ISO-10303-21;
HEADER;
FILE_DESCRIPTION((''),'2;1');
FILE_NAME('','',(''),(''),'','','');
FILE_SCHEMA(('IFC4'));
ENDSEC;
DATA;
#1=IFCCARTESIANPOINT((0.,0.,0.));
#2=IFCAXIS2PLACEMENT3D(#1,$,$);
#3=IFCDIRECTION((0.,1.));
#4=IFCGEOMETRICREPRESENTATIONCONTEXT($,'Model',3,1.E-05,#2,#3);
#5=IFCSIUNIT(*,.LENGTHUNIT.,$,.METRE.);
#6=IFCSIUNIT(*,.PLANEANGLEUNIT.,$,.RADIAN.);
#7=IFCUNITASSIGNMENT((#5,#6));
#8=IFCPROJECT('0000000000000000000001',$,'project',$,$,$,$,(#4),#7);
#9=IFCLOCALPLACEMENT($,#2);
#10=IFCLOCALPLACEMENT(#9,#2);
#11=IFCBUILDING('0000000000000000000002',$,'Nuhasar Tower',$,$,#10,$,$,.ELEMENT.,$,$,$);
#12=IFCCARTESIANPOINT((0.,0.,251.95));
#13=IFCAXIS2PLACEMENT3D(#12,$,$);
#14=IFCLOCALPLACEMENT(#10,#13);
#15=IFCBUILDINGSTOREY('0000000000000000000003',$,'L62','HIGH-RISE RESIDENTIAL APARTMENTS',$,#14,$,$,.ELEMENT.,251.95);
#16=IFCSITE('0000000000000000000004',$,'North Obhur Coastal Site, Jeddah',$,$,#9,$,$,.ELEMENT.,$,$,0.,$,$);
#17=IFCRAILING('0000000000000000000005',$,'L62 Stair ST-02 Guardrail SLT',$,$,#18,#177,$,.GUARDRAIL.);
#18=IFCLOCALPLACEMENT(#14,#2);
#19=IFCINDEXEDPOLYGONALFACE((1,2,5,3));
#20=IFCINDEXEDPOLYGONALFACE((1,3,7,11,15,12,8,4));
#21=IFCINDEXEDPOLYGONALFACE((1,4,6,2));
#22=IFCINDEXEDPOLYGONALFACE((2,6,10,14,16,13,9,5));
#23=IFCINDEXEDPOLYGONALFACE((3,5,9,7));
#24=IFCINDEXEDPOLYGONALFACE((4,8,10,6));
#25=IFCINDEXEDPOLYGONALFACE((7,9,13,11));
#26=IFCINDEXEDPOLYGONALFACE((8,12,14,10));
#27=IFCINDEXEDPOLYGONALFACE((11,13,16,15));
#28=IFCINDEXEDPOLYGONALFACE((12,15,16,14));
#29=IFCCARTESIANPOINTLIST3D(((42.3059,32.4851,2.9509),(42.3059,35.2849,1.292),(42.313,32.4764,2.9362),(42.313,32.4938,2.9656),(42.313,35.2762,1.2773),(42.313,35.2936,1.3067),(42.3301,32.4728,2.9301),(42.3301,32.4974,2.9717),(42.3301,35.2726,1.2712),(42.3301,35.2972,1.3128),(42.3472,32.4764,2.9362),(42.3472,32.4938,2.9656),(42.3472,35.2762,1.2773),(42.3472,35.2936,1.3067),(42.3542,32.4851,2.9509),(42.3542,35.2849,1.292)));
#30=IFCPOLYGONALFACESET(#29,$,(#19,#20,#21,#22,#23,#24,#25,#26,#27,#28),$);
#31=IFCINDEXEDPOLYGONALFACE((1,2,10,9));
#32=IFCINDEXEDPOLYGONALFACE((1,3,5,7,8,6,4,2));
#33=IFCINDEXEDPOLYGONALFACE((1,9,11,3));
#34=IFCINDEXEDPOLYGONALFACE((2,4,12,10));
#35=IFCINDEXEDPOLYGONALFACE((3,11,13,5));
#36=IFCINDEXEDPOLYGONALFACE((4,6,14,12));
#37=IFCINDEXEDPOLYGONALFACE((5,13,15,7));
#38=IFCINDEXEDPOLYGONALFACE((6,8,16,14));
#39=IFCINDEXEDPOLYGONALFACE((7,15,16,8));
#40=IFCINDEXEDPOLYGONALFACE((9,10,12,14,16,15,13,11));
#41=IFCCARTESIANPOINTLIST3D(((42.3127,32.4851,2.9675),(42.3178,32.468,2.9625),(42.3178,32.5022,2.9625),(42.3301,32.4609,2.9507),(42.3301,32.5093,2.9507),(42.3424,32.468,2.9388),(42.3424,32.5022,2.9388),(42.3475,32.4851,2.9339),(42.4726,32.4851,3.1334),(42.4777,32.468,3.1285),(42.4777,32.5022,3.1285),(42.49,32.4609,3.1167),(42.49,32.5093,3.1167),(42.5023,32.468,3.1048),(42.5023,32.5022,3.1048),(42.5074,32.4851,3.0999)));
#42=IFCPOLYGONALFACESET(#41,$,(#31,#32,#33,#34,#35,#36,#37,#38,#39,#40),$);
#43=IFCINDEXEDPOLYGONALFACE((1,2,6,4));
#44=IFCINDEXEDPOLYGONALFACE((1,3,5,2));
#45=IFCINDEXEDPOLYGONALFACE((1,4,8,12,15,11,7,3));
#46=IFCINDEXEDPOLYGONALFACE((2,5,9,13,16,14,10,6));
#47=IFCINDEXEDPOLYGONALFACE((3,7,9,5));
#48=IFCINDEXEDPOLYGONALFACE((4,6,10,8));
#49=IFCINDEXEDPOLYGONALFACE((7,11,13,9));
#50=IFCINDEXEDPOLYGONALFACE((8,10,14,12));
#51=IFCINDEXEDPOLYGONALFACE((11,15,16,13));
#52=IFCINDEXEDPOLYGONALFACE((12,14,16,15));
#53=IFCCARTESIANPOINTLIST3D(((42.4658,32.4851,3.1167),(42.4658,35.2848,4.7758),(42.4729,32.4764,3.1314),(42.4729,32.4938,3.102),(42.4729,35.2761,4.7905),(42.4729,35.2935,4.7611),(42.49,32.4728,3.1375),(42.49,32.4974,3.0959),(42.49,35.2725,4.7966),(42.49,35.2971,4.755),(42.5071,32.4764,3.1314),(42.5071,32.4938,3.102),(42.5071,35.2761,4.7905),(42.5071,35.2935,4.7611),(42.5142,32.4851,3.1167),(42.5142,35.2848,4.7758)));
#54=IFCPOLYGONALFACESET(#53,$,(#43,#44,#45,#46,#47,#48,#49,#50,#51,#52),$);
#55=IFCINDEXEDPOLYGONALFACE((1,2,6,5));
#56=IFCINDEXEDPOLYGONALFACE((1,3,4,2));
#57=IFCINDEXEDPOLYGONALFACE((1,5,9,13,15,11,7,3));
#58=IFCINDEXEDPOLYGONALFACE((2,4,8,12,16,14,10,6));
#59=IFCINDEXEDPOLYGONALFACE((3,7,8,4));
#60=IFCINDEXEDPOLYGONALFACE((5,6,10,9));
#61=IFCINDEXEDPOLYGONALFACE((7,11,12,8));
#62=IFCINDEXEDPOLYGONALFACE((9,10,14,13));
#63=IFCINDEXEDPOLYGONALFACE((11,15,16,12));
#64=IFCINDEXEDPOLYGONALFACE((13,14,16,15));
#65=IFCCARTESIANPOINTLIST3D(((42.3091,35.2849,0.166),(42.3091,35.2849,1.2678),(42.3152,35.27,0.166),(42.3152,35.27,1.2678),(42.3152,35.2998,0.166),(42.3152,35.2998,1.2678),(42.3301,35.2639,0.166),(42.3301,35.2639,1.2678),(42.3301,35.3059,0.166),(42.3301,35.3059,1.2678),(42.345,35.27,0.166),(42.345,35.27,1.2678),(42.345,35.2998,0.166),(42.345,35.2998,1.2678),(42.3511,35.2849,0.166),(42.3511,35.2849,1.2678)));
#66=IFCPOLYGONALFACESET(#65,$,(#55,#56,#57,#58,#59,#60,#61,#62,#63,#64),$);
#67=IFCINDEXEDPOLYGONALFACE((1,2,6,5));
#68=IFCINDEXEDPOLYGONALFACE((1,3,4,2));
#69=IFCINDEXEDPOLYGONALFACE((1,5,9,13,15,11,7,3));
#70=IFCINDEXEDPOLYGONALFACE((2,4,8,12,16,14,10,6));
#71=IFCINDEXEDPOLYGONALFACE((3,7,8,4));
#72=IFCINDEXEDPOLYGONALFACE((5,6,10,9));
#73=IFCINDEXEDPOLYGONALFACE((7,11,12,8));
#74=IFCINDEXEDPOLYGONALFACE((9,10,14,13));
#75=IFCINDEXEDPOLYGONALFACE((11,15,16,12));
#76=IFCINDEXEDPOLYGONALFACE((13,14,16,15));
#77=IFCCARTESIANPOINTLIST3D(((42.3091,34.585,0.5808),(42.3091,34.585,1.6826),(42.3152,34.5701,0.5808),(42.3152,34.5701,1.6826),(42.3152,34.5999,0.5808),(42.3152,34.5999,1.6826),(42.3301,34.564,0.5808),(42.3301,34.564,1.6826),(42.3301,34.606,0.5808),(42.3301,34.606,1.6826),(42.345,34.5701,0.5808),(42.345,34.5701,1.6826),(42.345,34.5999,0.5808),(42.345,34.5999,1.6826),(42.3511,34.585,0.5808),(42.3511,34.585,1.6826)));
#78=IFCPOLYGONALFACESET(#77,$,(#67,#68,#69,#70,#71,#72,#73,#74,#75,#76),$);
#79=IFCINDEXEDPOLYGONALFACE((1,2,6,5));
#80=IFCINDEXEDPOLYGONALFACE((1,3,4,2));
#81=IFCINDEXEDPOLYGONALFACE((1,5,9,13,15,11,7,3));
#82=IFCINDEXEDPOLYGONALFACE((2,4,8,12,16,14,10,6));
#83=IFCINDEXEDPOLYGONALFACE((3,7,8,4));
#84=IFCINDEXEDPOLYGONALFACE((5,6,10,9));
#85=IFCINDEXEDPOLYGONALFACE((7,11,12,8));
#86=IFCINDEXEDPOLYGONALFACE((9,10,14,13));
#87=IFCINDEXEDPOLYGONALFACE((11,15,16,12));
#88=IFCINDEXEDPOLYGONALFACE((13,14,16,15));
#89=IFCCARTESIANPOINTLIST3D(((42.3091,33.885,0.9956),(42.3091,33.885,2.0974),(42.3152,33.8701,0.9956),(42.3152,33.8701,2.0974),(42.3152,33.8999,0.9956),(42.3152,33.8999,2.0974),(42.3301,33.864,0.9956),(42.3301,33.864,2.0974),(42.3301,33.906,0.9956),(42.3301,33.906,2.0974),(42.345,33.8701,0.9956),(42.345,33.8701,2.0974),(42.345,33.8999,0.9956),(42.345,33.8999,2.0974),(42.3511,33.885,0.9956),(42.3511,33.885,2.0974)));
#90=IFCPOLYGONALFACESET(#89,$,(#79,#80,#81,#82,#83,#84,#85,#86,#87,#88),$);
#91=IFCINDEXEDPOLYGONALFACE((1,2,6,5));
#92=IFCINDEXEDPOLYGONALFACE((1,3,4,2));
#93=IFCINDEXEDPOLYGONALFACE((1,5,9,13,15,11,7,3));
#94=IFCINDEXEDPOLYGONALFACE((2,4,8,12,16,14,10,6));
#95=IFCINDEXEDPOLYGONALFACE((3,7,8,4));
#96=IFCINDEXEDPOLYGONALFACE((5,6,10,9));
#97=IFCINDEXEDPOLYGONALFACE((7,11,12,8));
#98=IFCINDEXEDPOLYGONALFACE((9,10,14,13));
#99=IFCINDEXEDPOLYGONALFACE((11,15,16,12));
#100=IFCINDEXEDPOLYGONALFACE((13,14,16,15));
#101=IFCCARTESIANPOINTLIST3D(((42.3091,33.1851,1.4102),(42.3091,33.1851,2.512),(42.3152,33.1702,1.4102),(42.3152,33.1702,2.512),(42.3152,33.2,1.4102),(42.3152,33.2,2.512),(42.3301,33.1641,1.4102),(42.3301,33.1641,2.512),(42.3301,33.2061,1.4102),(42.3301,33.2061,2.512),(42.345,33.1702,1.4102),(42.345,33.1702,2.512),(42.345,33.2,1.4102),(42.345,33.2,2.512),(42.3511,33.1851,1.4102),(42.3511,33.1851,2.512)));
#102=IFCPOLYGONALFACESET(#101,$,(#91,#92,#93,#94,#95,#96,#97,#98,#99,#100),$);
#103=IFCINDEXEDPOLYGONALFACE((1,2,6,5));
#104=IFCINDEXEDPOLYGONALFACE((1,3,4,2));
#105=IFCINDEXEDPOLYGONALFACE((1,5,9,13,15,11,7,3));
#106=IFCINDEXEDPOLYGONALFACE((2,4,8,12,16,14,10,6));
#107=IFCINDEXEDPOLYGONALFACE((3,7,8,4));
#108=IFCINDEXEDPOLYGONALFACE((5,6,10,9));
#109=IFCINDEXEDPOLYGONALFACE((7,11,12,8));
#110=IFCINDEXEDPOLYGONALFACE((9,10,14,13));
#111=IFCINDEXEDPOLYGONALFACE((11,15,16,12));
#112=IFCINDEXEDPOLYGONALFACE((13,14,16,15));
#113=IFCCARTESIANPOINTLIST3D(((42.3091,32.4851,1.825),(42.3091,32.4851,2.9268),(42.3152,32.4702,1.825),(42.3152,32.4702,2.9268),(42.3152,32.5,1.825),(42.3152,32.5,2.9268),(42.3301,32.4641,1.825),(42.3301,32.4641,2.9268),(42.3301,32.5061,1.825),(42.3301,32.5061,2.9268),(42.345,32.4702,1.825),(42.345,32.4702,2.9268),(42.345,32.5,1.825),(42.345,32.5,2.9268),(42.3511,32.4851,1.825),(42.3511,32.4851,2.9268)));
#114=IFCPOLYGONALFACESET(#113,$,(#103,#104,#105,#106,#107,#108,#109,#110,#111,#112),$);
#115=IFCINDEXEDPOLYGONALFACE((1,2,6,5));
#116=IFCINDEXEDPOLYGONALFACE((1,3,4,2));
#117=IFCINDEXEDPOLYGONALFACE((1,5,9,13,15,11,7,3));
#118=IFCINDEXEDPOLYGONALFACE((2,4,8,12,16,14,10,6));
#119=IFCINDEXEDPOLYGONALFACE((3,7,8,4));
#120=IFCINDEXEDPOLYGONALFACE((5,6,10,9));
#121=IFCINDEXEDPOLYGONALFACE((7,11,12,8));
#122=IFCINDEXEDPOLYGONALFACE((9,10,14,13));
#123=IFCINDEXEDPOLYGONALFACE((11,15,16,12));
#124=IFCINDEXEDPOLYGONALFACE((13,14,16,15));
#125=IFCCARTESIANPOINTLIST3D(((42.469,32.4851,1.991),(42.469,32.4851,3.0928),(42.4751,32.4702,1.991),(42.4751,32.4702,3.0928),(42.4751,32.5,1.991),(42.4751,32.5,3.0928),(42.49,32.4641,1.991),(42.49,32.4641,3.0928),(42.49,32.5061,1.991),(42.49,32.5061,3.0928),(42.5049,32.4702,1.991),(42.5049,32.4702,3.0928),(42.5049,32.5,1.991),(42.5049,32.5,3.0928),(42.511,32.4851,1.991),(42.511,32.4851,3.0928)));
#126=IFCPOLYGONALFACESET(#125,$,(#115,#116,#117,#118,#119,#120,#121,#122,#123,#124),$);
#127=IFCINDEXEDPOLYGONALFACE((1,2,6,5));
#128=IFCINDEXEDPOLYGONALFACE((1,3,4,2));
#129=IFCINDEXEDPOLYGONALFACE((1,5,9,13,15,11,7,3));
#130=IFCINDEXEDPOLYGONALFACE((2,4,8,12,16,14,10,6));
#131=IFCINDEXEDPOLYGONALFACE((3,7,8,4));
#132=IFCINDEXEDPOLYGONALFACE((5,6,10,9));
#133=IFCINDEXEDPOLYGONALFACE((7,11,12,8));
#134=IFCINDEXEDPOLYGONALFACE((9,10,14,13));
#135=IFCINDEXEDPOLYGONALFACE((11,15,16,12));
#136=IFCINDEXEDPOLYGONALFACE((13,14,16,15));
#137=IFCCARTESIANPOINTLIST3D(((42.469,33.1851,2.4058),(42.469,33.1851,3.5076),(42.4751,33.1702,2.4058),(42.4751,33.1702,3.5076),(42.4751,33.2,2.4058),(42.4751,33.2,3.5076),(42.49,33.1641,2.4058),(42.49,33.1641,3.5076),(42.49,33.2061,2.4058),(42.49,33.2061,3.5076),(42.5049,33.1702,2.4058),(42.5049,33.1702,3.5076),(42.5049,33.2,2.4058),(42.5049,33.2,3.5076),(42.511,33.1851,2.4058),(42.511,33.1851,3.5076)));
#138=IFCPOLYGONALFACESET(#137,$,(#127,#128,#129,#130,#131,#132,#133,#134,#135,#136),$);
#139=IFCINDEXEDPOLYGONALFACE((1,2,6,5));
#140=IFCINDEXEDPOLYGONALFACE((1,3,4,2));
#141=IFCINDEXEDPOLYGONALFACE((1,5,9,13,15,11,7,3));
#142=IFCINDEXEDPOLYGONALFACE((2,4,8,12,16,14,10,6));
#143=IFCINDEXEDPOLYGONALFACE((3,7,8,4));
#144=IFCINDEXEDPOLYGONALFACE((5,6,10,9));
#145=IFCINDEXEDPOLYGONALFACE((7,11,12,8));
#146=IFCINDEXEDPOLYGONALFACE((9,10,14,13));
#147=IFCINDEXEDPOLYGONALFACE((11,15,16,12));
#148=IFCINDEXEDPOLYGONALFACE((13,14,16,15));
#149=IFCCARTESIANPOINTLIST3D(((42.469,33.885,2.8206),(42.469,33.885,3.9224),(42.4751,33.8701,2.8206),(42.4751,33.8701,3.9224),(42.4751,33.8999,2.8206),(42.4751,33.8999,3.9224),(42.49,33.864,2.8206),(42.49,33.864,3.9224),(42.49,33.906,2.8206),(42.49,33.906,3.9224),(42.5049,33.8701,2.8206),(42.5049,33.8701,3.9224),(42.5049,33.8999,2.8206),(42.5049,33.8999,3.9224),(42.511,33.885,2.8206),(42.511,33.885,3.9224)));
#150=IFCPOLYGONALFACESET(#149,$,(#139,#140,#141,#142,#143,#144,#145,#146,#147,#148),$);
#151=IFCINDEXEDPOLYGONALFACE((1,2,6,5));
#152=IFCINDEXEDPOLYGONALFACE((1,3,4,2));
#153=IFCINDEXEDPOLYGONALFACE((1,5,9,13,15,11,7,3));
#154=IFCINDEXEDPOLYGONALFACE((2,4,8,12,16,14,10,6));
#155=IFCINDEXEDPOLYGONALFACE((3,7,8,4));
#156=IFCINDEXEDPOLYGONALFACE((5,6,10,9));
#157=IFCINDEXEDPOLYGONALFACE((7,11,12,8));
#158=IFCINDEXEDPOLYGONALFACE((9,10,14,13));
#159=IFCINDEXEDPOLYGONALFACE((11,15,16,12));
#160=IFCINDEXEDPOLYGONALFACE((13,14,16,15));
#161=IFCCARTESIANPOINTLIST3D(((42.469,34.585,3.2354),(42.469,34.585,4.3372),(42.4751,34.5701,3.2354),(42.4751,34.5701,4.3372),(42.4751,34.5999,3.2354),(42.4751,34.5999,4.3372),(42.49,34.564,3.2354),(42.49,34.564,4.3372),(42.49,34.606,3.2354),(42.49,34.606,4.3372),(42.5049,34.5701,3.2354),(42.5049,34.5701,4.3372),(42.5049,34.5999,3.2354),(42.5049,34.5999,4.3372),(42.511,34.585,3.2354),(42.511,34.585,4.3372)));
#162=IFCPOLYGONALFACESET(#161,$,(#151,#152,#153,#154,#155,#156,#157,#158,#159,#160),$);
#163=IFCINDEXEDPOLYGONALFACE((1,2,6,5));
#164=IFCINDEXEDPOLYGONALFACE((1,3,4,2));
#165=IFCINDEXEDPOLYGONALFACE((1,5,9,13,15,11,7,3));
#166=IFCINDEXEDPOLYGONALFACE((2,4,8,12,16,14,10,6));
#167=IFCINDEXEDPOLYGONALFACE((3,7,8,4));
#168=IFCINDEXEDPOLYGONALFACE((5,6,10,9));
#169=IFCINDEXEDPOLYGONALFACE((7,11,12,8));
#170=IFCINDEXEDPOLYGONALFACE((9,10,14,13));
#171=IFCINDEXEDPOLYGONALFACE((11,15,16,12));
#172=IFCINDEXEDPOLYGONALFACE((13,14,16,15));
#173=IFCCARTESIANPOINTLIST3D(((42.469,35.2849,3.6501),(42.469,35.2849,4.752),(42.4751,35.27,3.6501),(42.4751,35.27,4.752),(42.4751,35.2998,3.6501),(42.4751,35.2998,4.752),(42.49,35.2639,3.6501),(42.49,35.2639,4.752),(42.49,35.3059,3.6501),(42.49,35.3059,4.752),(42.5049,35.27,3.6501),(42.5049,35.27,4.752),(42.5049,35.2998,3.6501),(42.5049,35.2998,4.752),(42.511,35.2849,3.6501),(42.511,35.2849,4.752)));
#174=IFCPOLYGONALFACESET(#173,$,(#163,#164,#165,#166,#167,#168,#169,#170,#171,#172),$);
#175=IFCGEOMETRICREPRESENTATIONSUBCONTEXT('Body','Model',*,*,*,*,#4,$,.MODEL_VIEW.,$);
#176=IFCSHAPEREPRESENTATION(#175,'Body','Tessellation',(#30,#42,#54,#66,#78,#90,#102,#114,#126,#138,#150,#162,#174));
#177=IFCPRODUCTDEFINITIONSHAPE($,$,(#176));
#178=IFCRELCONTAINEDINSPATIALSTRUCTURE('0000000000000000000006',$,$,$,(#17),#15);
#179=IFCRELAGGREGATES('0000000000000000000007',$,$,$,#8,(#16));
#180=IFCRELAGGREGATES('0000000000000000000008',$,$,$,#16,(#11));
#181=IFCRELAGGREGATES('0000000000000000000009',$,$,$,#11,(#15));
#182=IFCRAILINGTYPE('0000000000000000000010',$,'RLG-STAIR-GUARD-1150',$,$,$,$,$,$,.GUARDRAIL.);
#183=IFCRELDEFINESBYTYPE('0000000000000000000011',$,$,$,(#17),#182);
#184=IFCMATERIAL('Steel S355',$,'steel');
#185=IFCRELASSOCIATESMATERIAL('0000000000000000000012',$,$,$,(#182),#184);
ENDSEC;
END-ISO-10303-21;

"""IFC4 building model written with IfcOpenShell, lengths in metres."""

from ifc_helpers import new_model, si_unit, direction, frame, origin, place, context, subcontext, project, spatial, polyline, outline, extrude, material, type_object, element, save


model = new_model("IFC4")

# Units and contexts
model_context = context("Model", 3, precision=1e-05, world=origin(), true_north=direction((0.0, 1.0)))
body_context = subcontext(model_context, "Body", "Model", "MODEL_VIEW")
ifc_project = project(units=[si_unit("LENGTHUNIT", "METRE"), si_unit("PLANEANGLEUNIT", "RADIAN")], contexts=[model_context])

# Site, building, storey
site_placement = place(None, origin())
site = spatial("IfcSite", under=ifc_project, at=site_placement, Name="North Obhur Coastal Site, Jeddah", CompositionType="ELEMENT", RefElevation=0.0)
building_placement = place(site_placement, origin())
building = spatial("IfcBuilding", under=site, at=building_placement, Name="Nuhasar Tower", CompositionType="ELEMENT")
storey_placement = place(building_placement, frame((0.0, 0.0, 251.95)))
storey = spatial("IfcBuildingStorey", under=building, at=storey_placement, Name="L62", Description="HIGH-RISE RESIDENTIAL APARTMENTS", CompositionType="ELEMENT", Elevation=251.95)

# Shared definitions
ifc_material_1 = material(Name="Steel S355", Category="steel")

# Railing
railing_type_1 = type_object("IfcRailingType", Name="RLG-STAIR-GUARD-1150", PredefinedType="GUARDRAIL", material=ifc_material_1)
railing_1_placement = place(storey_placement, frame((42.3301, 35.2849, 0.166)))
element("IfcRailing", 1, at=railing_1_placement, inside=storey, type_object=railing_type_1, Name="L62 Stair ST-02 Guardrail SLT", PredefinedType="GUARDRAIL", context=body_context, shape_type="SweptSolid", body=[
    extrude(outline(polyline([(0.0242, 0.0), (0.0171, 0.0171), (0.0, 0.0242), (-0.0171, 0.0171), (-0.0242, 0.0), (-0.0171, -0.0171), (0.0, -0.0242), (0.0171, -0.0171), (0.0242, 0.0)])), frame((0.0, 0.0, 1.126), z_axis=(0.0, -0.86032, 0.509755), x_axis=(1.0, 0.0, 0.0)), (0.0, 0.0, 1.0), 3.2544),
    extrude(outline(polyline([(0.0242, 0.0), (0.0171, 0.0171), (0.0, 0.0242), (-0.0171, 0.0171), (-0.0242, 0.0), (-0.0171, -0.0171), (0.0, -0.0242), (0.0171, -0.0171), (0.0242, 0.0)])), frame((0.0, -2.7998, 2.7847), z_axis=(0.693743, 0.0, 0.720222), x_axis=(0.0, 1.0, 0.0)), (0.0, 0.0, 1.0), 0.2305),
    extrude(outline(polyline([(0.0242, 0.0), (0.0171, 0.0171), (0.0, 0.0242), (-0.0171, 0.0171), (-0.0242, 0.0), (-0.0171, -0.0171), (0.0, -0.0242), (0.0171, -0.0171), (0.0242, 0.0)])), frame((0.1599, -2.7998, 2.9507), z_axis=(0.0, 0.860287, 0.509811), x_axis=(-1.0, 0.0, 0.0)), (0.0, 0.0, 1.0), 3.2544),
    extrude(outline(polyline([(0.021, 0.0), (0.0149, 0.0149), (0.0, 0.021), (-0.0149, 0.0149), (-0.021, 0.0), (-0.0149, -0.0149), (0.0, -0.021), (0.0149, -0.0149), (0.021, 0.0)])), origin(), (0.0, 0.0, 1.0), 1.1018),
    extrude(outline(polyline([(0.021, 0.0), (0.0149, 0.0149), (0.0, 0.021), (-0.0149, 0.0149), (-0.021, 0.0), (-0.0149, -0.0149), (0.0, -0.021), (0.0149, -0.0149), (0.021, 0.0)])), frame((0.0, -0.7, 0.4148)), (0.0, 0.0, 1.0), 1.1018),
    extrude(outline(polyline([(0.021, 0.0), (0.0149, 0.0149), (0.0, 0.021), (-0.0149, 0.0149), (-0.021, 0.0), (-0.0149, -0.0149), (0.0, -0.021), (0.0149, -0.0149), (0.021, 0.0)])), frame((0.0, -1.3999, 0.8296)), (0.0, 0.0, 1.0), 1.1018),
    extrude(outline(polyline([(0.021, 0.0), (0.0149, 0.0149), (0.0, 0.021), (-0.0149, 0.0149), (-0.021, 0.0), (-0.0149, -0.0149), (0.0, -0.021), (0.0149, -0.0149), (0.021, 0.0)])), frame((0.0, -2.0999, 1.2441)), (0.0, 0.0, 1.0), 1.1018),
    extrude(outline(polyline([(0.021, 0.0), (0.0149, 0.0149), (0.0, 0.021), (-0.0149, 0.0149), (-0.021, 0.0), (-0.0149, -0.0149), (0.0, -0.021), (0.0149, -0.0149), (0.021, 0.0)])), frame((0.0, -2.7998, 1.6589)), (0.0, 0.0, 1.0), 1.1018),
    extrude(outline(polyline([(0.021, 0.0), (0.0149, 0.0149), (0.0, 0.021), (-0.0149, 0.0149), (-0.021, 0.0), (-0.0149, -0.0149), (0.0, -0.021), (0.0149, -0.0149), (0.021, 0.0)])), frame((0.1599, -2.7998, 1.825)), (0.0, 0.0, 1.0), 1.1018),
    extrude(outline(polyline([(0.021, 0.0), (0.0149, 0.0149), (0.0, 0.021), (-0.0149, 0.0149), (-0.021, 0.0), (-0.0149, -0.0149), (0.0, -0.021), (0.0149, -0.0149), (0.021, 0.0)])), frame((0.1599, -2.0999, 2.2397)), (0.0, 0.0, 1.0), 1.1018),
    extrude(outline(polyline([(0.021, 0.0), (0.0149, 0.0149), (0.0, 0.021), (-0.0149, 0.0149), (-0.021, 0.0), (-0.0149, -0.0149), (0.0, -0.021), (0.0149, -0.0149), (0.021, 0.0)])), frame((0.1599, -1.3999, 2.6545)), (0.0, 0.0, 1.0), 1.1018),
    extrude(outline(polyline([(0.021, 0.0), (0.0149, 0.0149), (0.0, 0.021), (-0.0149, 0.0149), (-0.021, 0.0), (-0.0149, -0.0149), (0.0, -0.021), (0.0149, -0.0149), (0.021, 0.0)])), frame((0.1599, -0.7, 3.0693)), (0.0, 0.0, 1.0), 1.1018),
    extrude(outline(polyline([(0.021, 0.0), (0.0149, 0.0149), (0.0, 0.021), (-0.0149, 0.0149), (-0.021, 0.0), (-0.0149, -0.0149), (0.0, -0.021), (0.0149, -0.0149), (0.021, 0.0)])), frame((0.1599, 0.0, 3.4841)), (0.0, 0.0, 1.0), 1.1018),
])

save(model, "model.ifc")
